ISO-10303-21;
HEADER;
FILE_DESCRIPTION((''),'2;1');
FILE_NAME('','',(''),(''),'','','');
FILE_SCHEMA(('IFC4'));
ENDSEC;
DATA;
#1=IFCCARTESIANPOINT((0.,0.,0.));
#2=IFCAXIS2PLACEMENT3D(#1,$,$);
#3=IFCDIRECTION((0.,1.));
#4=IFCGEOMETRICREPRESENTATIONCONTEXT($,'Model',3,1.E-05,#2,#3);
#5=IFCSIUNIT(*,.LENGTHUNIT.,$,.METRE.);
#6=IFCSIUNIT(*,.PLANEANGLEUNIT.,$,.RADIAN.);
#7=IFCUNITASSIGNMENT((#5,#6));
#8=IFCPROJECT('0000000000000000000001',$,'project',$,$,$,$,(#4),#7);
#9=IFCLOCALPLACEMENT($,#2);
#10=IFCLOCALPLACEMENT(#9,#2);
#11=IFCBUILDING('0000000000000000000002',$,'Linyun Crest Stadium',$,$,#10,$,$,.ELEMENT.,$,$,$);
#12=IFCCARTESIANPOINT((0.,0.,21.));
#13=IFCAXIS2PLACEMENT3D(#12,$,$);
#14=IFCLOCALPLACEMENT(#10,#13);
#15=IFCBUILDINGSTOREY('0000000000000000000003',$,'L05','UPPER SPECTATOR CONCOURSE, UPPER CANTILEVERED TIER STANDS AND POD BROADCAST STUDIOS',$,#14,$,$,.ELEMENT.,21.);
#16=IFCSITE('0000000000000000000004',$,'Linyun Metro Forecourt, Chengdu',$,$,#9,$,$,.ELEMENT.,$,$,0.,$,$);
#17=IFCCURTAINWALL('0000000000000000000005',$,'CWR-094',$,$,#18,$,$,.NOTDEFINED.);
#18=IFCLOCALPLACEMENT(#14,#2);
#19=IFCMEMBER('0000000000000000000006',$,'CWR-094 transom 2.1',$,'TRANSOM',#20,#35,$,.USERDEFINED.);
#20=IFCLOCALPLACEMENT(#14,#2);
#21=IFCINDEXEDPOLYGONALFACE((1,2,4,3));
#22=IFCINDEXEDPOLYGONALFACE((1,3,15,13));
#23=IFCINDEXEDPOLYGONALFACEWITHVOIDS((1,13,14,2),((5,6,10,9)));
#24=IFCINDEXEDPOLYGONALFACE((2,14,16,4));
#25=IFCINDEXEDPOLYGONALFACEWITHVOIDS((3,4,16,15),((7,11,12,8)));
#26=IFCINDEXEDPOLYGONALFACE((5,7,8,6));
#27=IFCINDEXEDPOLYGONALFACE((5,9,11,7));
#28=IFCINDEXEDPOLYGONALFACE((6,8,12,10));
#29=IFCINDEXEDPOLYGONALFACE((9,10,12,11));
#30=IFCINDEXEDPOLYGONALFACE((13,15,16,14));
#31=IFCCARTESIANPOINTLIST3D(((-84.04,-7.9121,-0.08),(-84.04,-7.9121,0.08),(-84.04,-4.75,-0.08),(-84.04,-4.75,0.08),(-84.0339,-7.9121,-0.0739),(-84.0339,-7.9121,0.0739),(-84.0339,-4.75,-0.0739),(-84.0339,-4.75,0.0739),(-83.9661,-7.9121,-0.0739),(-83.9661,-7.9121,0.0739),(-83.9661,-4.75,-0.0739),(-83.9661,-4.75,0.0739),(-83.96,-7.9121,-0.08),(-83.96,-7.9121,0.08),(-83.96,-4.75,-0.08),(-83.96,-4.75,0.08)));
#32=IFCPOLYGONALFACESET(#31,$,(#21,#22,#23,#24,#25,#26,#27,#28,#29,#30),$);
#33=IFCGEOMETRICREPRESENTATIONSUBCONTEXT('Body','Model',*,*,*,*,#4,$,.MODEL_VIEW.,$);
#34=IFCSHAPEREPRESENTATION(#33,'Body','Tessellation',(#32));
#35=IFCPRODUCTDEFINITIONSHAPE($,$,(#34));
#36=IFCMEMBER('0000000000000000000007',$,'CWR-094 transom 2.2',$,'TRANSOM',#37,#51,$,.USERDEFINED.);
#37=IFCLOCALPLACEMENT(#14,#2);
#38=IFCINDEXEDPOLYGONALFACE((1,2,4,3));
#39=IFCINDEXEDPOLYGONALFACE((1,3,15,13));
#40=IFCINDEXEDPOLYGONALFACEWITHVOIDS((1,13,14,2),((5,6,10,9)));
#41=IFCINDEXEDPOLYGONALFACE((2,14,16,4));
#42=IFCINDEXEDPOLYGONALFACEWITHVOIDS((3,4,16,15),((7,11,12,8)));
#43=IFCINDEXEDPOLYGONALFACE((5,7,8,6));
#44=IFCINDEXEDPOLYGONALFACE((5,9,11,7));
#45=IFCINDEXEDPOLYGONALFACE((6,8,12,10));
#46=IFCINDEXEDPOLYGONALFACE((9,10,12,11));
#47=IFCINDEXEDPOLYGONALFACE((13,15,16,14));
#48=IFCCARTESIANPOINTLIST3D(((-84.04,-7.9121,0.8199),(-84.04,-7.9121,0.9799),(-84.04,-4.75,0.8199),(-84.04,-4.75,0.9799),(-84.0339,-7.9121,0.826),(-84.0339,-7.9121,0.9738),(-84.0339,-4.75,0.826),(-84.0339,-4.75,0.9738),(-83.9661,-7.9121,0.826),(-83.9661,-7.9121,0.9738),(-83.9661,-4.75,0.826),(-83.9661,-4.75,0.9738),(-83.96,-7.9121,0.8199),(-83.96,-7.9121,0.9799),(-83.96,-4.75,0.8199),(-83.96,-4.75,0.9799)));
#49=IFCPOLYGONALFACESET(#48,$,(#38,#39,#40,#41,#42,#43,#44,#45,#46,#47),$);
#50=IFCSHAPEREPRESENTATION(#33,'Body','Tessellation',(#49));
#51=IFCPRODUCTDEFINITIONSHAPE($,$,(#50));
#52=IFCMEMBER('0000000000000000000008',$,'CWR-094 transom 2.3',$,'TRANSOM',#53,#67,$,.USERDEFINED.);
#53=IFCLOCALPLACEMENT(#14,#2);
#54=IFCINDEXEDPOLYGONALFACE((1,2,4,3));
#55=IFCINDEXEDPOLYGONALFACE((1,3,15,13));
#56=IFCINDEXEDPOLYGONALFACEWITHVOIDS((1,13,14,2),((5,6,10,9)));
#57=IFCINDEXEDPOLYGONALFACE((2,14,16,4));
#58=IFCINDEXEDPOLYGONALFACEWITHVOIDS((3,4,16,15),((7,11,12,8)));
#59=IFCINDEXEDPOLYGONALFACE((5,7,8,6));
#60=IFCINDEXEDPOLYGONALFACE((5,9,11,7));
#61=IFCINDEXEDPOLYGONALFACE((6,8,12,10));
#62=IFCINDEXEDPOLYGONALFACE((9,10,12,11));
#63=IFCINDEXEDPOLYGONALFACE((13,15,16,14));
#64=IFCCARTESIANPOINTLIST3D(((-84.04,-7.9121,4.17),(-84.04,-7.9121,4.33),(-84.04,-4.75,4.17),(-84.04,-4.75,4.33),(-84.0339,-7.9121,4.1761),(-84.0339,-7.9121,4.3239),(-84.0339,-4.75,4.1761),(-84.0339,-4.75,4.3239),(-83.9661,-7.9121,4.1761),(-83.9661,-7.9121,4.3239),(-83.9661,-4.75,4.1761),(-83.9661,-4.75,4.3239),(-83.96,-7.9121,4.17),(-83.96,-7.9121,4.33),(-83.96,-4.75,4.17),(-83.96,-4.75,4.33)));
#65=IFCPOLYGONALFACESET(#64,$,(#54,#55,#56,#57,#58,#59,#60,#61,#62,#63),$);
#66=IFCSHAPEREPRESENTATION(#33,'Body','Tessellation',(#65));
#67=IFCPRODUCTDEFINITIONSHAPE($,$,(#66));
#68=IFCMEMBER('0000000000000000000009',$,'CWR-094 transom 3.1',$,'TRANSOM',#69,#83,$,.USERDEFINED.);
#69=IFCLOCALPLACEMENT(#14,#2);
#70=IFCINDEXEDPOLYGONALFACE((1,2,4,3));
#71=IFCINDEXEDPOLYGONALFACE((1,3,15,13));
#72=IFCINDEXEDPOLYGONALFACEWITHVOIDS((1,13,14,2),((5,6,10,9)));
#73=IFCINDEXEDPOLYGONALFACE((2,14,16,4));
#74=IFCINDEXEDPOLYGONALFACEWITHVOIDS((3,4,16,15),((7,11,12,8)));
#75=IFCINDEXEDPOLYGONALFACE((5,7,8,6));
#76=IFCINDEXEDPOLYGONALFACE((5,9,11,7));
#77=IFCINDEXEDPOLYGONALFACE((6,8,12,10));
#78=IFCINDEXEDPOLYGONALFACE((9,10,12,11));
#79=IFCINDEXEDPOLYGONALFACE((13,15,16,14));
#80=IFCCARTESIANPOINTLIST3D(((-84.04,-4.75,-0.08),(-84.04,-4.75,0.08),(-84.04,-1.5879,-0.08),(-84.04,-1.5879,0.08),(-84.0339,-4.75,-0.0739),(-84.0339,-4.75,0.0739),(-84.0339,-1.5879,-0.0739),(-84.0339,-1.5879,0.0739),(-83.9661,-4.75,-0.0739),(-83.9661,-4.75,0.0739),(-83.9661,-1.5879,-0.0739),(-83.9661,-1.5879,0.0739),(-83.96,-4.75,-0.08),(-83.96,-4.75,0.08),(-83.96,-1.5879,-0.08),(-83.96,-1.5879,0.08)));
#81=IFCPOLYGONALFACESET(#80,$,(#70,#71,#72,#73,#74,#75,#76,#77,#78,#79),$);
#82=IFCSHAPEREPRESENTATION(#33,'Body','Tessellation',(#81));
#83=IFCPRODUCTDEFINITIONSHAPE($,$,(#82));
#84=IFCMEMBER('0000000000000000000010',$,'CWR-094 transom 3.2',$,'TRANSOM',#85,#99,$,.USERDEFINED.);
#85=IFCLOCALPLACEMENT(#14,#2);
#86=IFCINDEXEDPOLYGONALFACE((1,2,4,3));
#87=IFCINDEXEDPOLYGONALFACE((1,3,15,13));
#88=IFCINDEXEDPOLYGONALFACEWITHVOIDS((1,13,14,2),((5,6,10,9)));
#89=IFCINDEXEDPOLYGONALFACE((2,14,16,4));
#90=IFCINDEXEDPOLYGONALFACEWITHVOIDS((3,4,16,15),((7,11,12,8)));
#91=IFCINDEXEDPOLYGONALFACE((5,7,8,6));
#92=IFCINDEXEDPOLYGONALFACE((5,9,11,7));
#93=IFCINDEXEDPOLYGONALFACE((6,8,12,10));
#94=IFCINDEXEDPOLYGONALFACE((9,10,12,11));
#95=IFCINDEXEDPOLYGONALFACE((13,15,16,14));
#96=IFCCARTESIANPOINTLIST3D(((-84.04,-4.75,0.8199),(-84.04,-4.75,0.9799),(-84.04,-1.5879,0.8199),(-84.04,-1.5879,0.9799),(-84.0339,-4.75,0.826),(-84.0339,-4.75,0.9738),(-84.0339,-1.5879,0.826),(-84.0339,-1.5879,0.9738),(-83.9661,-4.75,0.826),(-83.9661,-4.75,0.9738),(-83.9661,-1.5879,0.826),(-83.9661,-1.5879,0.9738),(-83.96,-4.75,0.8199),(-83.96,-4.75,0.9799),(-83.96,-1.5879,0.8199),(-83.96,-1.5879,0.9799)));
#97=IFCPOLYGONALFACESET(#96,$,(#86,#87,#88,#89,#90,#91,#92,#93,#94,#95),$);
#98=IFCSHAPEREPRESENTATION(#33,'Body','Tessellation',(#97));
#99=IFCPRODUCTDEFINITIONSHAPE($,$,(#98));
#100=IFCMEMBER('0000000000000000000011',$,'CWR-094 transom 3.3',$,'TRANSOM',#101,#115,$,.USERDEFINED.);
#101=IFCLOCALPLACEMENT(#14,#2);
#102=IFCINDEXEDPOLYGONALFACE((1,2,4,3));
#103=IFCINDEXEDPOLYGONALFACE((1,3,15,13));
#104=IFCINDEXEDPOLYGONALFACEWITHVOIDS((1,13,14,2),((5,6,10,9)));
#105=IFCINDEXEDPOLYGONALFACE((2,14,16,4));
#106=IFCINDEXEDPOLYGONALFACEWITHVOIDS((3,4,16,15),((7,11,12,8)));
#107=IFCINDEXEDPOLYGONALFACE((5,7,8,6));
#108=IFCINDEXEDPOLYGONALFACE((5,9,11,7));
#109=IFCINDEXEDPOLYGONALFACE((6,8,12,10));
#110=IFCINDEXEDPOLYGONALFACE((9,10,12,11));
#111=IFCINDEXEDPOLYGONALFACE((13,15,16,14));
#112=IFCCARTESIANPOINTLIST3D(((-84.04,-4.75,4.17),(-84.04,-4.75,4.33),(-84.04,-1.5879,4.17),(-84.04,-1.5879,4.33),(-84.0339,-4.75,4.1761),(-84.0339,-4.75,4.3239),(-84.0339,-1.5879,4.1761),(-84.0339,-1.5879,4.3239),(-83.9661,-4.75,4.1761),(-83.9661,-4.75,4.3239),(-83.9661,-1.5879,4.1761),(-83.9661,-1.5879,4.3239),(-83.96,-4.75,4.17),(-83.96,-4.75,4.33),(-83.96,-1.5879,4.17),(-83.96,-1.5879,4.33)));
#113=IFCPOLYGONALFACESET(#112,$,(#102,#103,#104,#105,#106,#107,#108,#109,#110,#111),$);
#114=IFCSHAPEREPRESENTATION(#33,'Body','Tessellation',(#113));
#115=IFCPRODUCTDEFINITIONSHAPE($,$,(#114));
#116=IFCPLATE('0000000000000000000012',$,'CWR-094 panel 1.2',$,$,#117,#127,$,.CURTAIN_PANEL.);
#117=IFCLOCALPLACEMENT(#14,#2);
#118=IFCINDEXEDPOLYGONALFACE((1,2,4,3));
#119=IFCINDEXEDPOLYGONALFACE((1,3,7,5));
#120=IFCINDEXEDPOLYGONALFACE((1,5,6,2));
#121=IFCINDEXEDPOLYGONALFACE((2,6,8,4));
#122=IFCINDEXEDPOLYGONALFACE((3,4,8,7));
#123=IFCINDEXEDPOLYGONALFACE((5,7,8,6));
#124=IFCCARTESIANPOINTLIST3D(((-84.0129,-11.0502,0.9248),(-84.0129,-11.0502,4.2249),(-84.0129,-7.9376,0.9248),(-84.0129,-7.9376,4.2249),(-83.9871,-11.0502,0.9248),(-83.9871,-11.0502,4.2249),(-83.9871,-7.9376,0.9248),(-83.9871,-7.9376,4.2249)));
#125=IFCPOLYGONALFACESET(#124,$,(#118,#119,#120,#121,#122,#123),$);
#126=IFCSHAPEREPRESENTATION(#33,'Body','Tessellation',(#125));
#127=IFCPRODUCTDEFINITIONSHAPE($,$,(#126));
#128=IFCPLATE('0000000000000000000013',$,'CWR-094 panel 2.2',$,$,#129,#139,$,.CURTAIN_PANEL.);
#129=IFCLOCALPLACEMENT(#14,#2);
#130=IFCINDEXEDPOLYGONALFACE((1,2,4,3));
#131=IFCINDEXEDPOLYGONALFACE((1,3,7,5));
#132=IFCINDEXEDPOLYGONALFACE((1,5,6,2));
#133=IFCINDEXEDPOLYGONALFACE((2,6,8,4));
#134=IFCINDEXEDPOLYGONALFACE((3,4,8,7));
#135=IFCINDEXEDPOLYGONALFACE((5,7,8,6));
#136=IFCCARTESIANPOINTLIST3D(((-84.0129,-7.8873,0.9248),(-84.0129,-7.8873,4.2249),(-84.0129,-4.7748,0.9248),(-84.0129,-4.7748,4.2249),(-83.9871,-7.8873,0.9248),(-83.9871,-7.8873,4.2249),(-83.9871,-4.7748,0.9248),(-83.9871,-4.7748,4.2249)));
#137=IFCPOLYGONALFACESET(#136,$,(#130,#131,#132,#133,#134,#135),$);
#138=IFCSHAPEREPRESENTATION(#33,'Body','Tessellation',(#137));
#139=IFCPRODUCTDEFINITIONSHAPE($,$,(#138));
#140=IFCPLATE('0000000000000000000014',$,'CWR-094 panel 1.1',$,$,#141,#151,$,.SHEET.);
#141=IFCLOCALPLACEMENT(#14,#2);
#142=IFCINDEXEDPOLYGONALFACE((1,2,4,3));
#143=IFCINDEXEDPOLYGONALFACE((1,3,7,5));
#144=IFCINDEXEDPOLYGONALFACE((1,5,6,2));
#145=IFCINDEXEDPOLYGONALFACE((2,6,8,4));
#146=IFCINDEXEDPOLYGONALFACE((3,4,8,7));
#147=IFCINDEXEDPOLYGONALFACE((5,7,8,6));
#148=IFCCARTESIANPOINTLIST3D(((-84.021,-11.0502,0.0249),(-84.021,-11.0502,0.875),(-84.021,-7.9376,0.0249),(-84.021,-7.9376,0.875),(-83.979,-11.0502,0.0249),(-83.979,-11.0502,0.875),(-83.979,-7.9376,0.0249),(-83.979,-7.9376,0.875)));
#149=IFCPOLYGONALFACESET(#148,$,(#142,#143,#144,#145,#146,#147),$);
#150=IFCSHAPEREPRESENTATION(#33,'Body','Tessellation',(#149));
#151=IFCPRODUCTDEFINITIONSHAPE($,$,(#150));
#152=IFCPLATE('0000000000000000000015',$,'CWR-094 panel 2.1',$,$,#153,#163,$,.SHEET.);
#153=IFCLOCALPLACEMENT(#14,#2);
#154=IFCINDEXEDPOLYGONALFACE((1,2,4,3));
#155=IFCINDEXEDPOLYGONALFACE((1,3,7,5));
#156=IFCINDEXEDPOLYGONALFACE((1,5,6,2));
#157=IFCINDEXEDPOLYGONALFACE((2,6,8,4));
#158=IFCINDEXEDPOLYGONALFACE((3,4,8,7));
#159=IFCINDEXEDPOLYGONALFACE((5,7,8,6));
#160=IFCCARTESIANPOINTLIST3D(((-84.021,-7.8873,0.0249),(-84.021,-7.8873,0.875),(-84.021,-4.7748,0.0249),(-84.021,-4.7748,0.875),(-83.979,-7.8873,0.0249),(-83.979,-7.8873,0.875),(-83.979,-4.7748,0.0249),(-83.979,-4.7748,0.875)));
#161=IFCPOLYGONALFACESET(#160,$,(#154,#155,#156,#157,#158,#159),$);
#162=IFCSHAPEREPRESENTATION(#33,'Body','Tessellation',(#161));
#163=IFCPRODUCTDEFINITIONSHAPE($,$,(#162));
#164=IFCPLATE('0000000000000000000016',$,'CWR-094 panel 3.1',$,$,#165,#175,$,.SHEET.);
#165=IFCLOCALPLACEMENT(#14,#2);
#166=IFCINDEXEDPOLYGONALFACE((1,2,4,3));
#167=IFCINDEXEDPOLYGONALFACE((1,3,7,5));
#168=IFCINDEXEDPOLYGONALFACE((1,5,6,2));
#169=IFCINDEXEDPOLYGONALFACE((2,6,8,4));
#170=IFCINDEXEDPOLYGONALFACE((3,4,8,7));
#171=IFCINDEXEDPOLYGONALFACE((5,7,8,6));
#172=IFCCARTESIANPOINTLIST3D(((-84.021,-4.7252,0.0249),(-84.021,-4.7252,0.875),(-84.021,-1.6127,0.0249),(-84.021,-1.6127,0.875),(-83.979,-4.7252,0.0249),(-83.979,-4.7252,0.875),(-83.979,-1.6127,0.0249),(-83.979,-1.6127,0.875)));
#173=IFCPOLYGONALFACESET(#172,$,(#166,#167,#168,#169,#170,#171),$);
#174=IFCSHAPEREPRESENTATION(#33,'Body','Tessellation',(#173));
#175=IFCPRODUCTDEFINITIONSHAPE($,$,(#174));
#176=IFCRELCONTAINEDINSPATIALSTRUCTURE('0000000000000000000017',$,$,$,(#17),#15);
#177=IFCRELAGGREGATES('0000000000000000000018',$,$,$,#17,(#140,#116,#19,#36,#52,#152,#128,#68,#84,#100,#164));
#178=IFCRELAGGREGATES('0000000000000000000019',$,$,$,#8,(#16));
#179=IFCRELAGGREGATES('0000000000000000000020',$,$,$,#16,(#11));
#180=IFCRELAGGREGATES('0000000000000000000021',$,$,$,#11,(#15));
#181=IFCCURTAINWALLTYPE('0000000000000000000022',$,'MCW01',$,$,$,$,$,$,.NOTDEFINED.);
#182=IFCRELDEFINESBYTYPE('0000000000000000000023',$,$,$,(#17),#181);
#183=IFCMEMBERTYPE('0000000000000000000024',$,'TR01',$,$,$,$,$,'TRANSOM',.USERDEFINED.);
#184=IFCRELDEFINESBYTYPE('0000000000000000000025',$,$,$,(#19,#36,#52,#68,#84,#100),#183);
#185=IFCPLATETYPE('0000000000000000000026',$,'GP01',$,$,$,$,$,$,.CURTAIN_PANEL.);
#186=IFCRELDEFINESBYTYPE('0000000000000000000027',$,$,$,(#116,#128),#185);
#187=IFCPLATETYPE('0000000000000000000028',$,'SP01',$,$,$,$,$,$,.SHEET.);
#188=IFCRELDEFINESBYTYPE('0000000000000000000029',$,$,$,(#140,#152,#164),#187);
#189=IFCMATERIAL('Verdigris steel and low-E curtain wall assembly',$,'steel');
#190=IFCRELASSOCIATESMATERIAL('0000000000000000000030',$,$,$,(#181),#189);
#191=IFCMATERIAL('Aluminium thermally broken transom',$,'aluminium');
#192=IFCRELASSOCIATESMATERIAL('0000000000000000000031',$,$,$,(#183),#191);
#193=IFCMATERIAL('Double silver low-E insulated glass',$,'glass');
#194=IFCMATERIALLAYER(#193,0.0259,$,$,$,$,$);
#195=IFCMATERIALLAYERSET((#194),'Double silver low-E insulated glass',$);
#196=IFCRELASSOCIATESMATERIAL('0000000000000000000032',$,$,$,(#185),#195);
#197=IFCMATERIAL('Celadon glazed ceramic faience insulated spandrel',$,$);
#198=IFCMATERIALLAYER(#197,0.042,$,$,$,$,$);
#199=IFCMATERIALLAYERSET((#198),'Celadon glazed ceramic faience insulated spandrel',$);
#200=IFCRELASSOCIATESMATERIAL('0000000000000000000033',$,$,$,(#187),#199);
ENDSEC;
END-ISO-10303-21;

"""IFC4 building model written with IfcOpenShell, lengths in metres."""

from ifc_helpers import new_model, si_unit, direction, frame, origin, origin_2d, place, context, subcontext, project, spatial, rectangle, hollow_rectangle, extrude, material, layer, layer_set, material_profile, profile_set, type_object, element, aggregate, save


model = new_model("IFC4")

# Units and contexts
model_context = context("Model", 3, precision=1e-05, world=origin(), true_north=direction((0.0, 1.0)))
body_context = subcontext(model_context, "Body", "Model", "MODEL_VIEW")
ifc_project = project(units=[si_unit("LENGTHUNIT", "METRE"), si_unit("PLANEANGLEUNIT", "RADIAN")], contexts=[model_context])

# Site, building, storey
site_placement = place(None, origin())
site = spatial("IfcSite", under=ifc_project, at=site_placement, Name="Linyun Metro Forecourt, Chengdu", CompositionType="ELEMENT", RefElevation=0.0)
building_placement = place(site_placement, origin())
building = spatial("IfcBuilding", under=site, at=building_placement, Name="Linyun Crest Stadium", CompositionType="ELEMENT")
storey_placement = place(building_placement, frame((0.0, 0.0, 21.0)))
storey = spatial("IfcBuildingStorey", under=building, at=storey_placement, Name="L05", Description="UPPER SPECTATOR CONCOURSE, UPPER CANTILEVERED TIER STANDS AND POD BROADCAST STUDIOS", CompositionType="ELEMENT", Elevation=21.0)

# Curtain wall
ifc_material_1 = material(Name="Verdigris steel and low-E curtain wall assembly", Category="steel")
curtain_wall_type = type_object("IfcCurtainWallType", Name="MCW01", PredefinedType="NOTDEFINED", material=ifc_material_1)
curtain_wall_placement = place(storey_placement, origin())
curtain_wall = element("IfcCurtainWall", 1, at=curtain_wall_placement, inside=storey, type_object=curtain_wall_type, Name="CWR-094", PredefinedType="NOTDEFINED")

# Members
ifc_material_2 = material(Name="Aluminium thermally broken transom", Category="aluminium")
ifc_material_profile_1 = material_profile(ifc_material_2, hollow_rectangle(XDim=0.0801, YDim=0.1599, WallThickness=0.0061, at=origin_2d()), Name="RHS 160x80x6")
ifc_profile_set_1 = profile_set([ifc_material_profile_1], Name="Aluminium thermally broken transom")
member_type_1 = type_object("IfcMemberType", Name="TR01", ElementType="TRANSOM", PredefinedType="USERDEFINED", material=ifc_profile_set_1)
member_1_placement = place(storey_placement, frame((-84.0, -7.9121, 0.0), z_axis=(0.0, 1.0, 0.0), x_axis=(-1.0, 0.0, 0.0)))
member_1 = element("IfcMember", 2, at=member_1_placement, type_object=member_type_1, Name="CWR-094 transom 2.1", ObjectType="TRANSOM", PredefinedType="USERDEFINED", context=body_context, shape_type="SweptSolid", body=[
    extrude(hollow_rectangle(XDim=0.0801, YDim=0.1599, WallThickness=0.0061, at=origin_2d()), origin(), (0.0, 0.0, 1.0), 3.1621),
])
member_2_placement = place(storey_placement, frame((-84.0, -7.9121, 0.8999), z_axis=(0.0, 1.0, 0.0), x_axis=(-1.0, 0.0, 0.0)))
member_2 = element("IfcMember", 3, at=member_2_placement, type_object=member_type_1, Name="CWR-094 transom 2.2", ObjectType="TRANSOM", PredefinedType="USERDEFINED", context=body_context, shape_type="SweptSolid", body=[
    extrude(hollow_rectangle(XDim=0.0801, YDim=0.1599, WallThickness=0.0061, at=origin_2d()), origin(), (0.0, 0.0, 1.0), 3.1621),
])
member_3_placement = place(storey_placement, frame((-84.0, -7.9121, 4.25), z_axis=(0.0, 1.0, 0.0), x_axis=(-1.0, 0.0, 0.0)))
member_3 = element("IfcMember", 4, at=member_3_placement, type_object=member_type_1, Name="CWR-094 transom 2.3", ObjectType="TRANSOM", PredefinedType="USERDEFINED", context=body_context, shape_type="SweptSolid", body=[
    extrude(hollow_rectangle(XDim=0.0801, YDim=0.1599, WallThickness=0.0061, at=origin_2d()), origin(), (0.0, 0.0, 1.0), 3.1621),
])
member_4_placement = place(storey_placement, frame((-84.0, -4.75, 0.0), z_axis=(0.0, 1.0, 0.0), x_axis=(-1.0, 0.0, 0.0)))
member_4 = element("IfcMember", 5, at=member_4_placement, type_object=member_type_1, Name="CWR-094 transom 3.1", ObjectType="TRANSOM", PredefinedType="USERDEFINED", context=body_context, shape_type="SweptSolid", body=[
    extrude(hollow_rectangle(XDim=0.0801, YDim=0.1599, WallThickness=0.0061, at=origin_2d()), origin(), (0.0, 0.0, 1.0), 3.1621),
])
member_5_placement = place(storey_placement, frame((-84.0, -4.75, 0.8999), z_axis=(0.0, 1.0, 0.0), x_axis=(-1.0, 0.0, 0.0)))
member_5 = element("IfcMember", 6, at=member_5_placement, type_object=member_type_1, Name="CWR-094 transom 3.2", ObjectType="TRANSOM", PredefinedType="USERDEFINED", context=body_context, shape_type="SweptSolid", body=[
    extrude(hollow_rectangle(XDim=0.0801, YDim=0.1599, WallThickness=0.0061, at=origin_2d()), origin(), (0.0, 0.0, 1.0), 3.1621),
])
member_6_placement = place(storey_placement, frame((-84.0, -4.75, 4.25), z_axis=(0.0, 1.0, 0.0), x_axis=(-1.0, 0.0, 0.0)))
member_6 = element("IfcMember", 7, at=member_6_placement, type_object=member_type_1, Name="CWR-094 transom 3.3", ObjectType="TRANSOM", PredefinedType="USERDEFINED", context=body_context, shape_type="SweptSolid", body=[
    extrude(hollow_rectangle(XDim=0.0801, YDim=0.1599, WallThickness=0.0061, at=origin_2d()), origin(), (0.0, 0.0, 1.0), 3.1621),
])

# Plates
ifc_material_3 = material(Name="Double silver low-E insulated glass", Category="glass")
ifc_layer_1 = layer(ifc_material_3, 0.0259)
ifc_layer_set_1 = layer_set([ifc_layer_1], Name="Double silver low-E insulated glass")
plate_type_1 = type_object("IfcPlateType", Name="GP01", PredefinedType="CURTAIN_PANEL", material=ifc_layer_set_1)
plate_1_placement = place(storey_placement, frame((-84.0, -9.4939, 0.9248), z_axis=(0.0, 0.0, 1.0), x_axis=(0.0, 1.0, 0.0)))
plate_1 = element("IfcPlate", 8, at=plate_1_placement, type_object=plate_type_1, Name="CWR-094 panel 1.2", PredefinedType="CURTAIN_PANEL", context=body_context, shape_type="SweptSolid", body=[
    extrude(rectangle(XDim=3.1125, YDim=0.0259, at=origin_2d()), origin(), (0.0, 0.0, 1.0), 3.3),
])
plate_2_placement = place(storey_placement, frame((-84.0, -6.3311, 0.9248), z_axis=(0.0, 0.0, 1.0), x_axis=(0.0, 1.0, 0.0)))
plate_2 = element("IfcPlate", 9, at=plate_2_placement, type_object=plate_type_1, Name="CWR-094 panel 2.2", PredefinedType="CURTAIN_PANEL", context=body_context, shape_type="SweptSolid", body=[
    extrude(rectangle(XDim=3.1125, YDim=0.0259, at=origin_2d()), origin(), (0.0, 0.0, 1.0), 3.3),
])
ifc_material_4 = material(Name="Celadon glazed ceramic faience insulated spandrel")
ifc_layer_2 = layer(ifc_material_4, 0.042)
ifc_layer_set_2 = layer_set([ifc_layer_2], Name="Celadon glazed ceramic faience insulated spandrel")
plate_type_2 = type_object("IfcPlateType", Name="SP01", PredefinedType="SHEET", material=ifc_layer_set_2)
plate_3_placement = place(storey_placement, frame((-84.0, -9.4939, 0.0249), z_axis=(0.0, 0.0, 1.0), x_axis=(0.0, 1.0, 0.0)))
plate_3 = element("IfcPlate", 10, at=plate_3_placement, type_object=plate_type_2, Name="CWR-094 panel 1.1", PredefinedType="SHEET", context=body_context, shape_type="SweptSolid", body=[
    extrude(rectangle(XDim=3.1125, YDim=0.042, at=origin_2d()), origin(), (0.0, 0.0, 1.0), 0.8501),
])
plate_4_placement = place(storey_placement, frame((-84.0, -6.3311, 0.0249), z_axis=(0.0, 0.0, 1.0), x_axis=(0.0, 1.0, 0.0)))
plate_4 = element("IfcPlate", 11, at=plate_4_placement, type_object=plate_type_2, Name="CWR-094 panel 2.1", PredefinedType="SHEET", context=body_context, shape_type="SweptSolid", body=[
    extrude(rectangle(XDim=3.1125, YDim=0.042, at=origin_2d()), origin(), (0.0, 0.0, 1.0), 0.8501),
])
plate_5_placement = place(storey_placement, frame((-84.0, -3.1689, 0.0249), z_axis=(0.0, 0.0, 1.0), x_axis=(0.0, 1.0, 0.0)))
plate_5 = element("IfcPlate", 12, at=plate_5_placement, type_object=plate_type_2, Name="CWR-094 panel 3.1", PredefinedType="SHEET", context=body_context, shape_type="SweptSolid", body=[
    extrude(rectangle(XDim=3.1125, YDim=0.042, at=origin_2d()), origin(), (0.0, 0.0, 1.0), 0.8501),
])
aggregate(curtain_wall, [plate_3, plate_1, member_1, member_2, member_3, plate_4, plate_2, member_4, member_5, member_6, plate_5])

save(model, "model.ifc")
